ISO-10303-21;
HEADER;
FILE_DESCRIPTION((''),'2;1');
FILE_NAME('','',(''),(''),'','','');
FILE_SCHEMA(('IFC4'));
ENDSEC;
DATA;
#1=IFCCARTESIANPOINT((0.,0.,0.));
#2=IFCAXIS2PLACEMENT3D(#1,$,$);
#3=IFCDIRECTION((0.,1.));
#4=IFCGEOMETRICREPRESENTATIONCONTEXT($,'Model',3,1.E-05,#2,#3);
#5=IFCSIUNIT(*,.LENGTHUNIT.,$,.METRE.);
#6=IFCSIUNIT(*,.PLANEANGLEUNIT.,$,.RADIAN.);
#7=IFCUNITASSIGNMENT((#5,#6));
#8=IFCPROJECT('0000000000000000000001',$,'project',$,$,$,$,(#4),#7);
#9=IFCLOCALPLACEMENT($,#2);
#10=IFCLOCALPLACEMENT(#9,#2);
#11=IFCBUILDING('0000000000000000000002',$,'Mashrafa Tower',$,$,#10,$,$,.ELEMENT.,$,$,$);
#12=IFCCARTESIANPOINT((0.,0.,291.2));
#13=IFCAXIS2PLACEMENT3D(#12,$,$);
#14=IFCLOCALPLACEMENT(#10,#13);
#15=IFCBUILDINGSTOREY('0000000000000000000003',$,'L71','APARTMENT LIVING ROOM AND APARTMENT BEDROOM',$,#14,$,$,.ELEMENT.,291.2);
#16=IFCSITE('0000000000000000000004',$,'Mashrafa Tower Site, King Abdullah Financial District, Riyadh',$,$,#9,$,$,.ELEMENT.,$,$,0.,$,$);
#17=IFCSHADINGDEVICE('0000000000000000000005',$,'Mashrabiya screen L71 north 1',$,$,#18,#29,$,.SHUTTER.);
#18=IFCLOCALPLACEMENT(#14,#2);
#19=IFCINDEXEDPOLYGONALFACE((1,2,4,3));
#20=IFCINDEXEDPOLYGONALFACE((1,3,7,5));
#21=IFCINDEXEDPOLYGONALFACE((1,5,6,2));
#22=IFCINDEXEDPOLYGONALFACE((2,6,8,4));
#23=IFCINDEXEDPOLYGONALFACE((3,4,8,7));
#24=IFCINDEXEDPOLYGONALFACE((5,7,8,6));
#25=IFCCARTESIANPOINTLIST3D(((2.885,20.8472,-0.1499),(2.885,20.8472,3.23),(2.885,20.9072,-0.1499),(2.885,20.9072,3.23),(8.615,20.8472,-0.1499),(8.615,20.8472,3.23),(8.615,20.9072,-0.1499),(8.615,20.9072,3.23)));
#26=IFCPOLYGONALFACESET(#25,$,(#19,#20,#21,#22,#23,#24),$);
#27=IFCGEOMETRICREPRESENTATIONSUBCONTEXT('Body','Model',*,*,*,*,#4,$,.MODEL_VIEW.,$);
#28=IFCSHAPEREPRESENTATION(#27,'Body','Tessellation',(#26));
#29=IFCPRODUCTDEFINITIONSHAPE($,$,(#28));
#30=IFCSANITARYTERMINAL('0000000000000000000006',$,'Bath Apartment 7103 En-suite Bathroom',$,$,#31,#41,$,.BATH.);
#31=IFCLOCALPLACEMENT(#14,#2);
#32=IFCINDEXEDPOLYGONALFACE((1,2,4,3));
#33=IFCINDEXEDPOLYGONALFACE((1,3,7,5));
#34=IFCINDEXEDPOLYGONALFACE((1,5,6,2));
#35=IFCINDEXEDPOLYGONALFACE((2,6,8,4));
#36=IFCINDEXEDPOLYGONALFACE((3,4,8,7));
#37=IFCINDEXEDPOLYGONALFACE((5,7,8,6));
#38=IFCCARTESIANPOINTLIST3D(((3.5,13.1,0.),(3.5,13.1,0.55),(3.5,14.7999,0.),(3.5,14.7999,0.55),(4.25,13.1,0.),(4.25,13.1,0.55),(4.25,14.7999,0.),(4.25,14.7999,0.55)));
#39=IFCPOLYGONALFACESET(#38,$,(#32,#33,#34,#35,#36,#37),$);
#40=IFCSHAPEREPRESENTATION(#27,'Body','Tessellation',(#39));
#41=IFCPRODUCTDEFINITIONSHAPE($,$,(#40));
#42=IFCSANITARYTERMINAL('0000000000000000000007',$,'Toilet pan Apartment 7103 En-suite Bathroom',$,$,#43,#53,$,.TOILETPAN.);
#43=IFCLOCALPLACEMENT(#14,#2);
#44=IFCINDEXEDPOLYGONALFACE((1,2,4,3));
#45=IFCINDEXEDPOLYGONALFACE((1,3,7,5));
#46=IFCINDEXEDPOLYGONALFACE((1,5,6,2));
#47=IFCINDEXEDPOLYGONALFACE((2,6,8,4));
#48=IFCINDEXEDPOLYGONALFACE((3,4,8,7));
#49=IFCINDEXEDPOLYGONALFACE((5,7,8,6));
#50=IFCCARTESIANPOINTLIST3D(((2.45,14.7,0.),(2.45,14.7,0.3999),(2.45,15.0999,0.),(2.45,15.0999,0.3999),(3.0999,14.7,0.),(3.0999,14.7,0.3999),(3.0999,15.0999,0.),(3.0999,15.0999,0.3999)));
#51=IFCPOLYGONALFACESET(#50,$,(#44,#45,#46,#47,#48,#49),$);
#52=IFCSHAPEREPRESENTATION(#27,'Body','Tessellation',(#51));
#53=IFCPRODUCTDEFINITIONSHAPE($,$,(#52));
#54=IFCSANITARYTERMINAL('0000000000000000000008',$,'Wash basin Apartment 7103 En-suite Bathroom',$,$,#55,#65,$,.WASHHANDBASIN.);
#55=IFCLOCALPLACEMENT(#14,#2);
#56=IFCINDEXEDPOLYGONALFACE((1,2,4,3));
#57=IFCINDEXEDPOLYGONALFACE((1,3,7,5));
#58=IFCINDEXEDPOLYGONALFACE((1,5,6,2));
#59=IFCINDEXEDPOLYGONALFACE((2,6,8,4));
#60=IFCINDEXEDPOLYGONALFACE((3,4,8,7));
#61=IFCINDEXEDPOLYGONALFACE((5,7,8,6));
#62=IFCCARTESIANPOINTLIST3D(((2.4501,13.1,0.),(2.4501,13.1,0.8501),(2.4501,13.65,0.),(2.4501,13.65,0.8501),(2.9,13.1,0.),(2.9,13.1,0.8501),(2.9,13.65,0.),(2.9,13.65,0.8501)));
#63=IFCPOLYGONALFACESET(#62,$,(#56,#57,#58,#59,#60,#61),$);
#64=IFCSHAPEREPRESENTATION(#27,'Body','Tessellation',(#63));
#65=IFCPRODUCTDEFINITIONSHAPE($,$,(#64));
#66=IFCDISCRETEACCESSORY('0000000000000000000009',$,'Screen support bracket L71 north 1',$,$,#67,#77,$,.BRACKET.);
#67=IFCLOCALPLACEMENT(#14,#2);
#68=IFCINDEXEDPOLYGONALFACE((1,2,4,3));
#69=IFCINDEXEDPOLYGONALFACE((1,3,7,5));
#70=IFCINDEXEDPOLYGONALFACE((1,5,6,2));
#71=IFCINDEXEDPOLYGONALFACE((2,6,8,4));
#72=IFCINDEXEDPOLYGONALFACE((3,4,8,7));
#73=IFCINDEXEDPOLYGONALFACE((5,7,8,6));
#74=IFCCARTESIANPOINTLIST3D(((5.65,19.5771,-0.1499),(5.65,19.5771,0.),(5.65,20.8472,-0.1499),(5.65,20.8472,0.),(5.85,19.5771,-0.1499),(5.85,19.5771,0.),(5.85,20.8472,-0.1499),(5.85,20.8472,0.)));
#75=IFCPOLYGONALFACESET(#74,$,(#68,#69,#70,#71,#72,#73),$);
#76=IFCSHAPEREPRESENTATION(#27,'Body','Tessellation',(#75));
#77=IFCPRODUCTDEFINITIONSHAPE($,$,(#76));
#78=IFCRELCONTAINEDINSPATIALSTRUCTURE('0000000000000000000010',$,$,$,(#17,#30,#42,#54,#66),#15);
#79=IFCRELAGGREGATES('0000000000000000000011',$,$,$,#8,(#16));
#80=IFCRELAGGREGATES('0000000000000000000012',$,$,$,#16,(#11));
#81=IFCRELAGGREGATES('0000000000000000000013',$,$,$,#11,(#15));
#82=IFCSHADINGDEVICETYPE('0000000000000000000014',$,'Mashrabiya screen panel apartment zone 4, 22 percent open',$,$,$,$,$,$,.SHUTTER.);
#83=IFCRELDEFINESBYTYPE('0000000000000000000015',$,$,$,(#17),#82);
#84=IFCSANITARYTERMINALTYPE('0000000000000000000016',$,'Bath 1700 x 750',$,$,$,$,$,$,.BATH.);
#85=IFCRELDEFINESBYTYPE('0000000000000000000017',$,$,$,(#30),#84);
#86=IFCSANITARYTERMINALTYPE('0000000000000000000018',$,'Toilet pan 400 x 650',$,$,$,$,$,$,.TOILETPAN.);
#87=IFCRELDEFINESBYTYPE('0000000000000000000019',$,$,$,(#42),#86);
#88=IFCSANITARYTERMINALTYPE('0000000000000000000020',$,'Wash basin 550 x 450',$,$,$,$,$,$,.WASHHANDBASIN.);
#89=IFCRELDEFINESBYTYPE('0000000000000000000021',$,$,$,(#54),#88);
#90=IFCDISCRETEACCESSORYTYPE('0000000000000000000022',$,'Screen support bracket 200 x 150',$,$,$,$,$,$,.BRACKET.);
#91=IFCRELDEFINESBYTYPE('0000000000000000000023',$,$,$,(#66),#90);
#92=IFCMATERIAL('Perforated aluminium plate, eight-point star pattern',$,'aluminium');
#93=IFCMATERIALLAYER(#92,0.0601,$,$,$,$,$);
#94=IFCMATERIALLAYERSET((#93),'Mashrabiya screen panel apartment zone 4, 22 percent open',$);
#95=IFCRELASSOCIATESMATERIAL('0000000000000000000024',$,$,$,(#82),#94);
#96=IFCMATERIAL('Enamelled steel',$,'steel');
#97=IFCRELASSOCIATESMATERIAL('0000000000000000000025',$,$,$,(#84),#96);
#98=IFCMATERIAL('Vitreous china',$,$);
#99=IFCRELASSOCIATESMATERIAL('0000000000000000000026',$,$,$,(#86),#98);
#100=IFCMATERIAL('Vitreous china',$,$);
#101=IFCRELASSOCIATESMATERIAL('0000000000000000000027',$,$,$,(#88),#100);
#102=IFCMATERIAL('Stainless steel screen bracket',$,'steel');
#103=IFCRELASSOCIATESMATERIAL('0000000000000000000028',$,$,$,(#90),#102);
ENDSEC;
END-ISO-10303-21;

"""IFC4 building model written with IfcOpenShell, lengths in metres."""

from ifc_helpers import new_model, si_unit, direction, frame, origin, origin_2d, place, context, subcontext, project, spatial, rectangle, extrude, source, transform, mapped, material, layer, layer_set, type_object, type_shapes, element, save


model = new_model("IFC4")

# Units and contexts
model_context = context("Model", 3, precision=1e-05, world=origin(), true_north=direction((0.0, 1.0)))
body_context = subcontext(model_context, "Body", "Model", "MODEL_VIEW")
ifc_project = project(units=[si_unit("LENGTHUNIT", "METRE"), si_unit("PLANEANGLEUNIT", "RADIAN")], contexts=[model_context])

# Site, building, storey
site_placement = place(None, origin())
site = spatial("IfcSite", under=ifc_project, at=site_placement, Name="Mashrafa Tower Site, King Abdullah Financial District, Riyadh", CompositionType="ELEMENT", RefElevation=0.0)
building_placement = place(site_placement, origin())
building = spatial("IfcBuilding", under=site, at=building_placement, Name="Mashrafa Tower", CompositionType="ELEMENT")
storey_placement = place(building_placement, frame((0.0, 0.0, 291.2)))
storey = spatial("IfcBuildingStorey", under=building, at=storey_placement, Name="L71", Description="APARTMENT LIVING ROOM AND APARTMENT BEDROOM", CompositionType="ELEMENT", Elevation=291.2)

# Shading device
ifc_material_1 = material(Name="Perforated aluminium plate, eight-point star pattern", Category="aluminium")
ifc_layer_1 = layer(ifc_material_1, 0.0601)
ifc_layer_set_1 = layer_set([ifc_layer_1], Name="Mashrabiya screen panel apartment zone 4, 22 percent open")
shading_device_type = type_object("IfcShadingDeviceType", Name="Mashrabiya screen panel apartment zone 4, 22 percent open", PredefinedType="SHUTTER", material=ifc_layer_set_1)
shared_shape_1 = source(origin(), body_context, "Body", "SweptSolid", [
    extrude(rectangle(XDim=5.73, YDim=0.0601, at=origin_2d()), origin(), (0.0, 0.0, 1.0), 3.3799),
])
type_shapes(shading_device_type, [shared_shape_1])
shading_device_placement = place(storey_placement, frame((5.75, 20.8772, -0.1499), z_axis=(0.0, 0.0, 1.0), x_axis=(-1.0, 0.0, 0.0)))
element("IfcShadingDevice", 1, at=shading_device_placement, inside=storey, type_object=shading_device_type, Name="Mashrabiya screen L71 north 1", PredefinedType="SHUTTER", context=body_context, shape_type="MappedRepresentation", body=[
    mapped(shared_shape_1, transform((0.0, 0.0, 0.0))),
])

# Sanitary terminals
ifc_material_2 = material(Name="Enamelled steel", Category="steel")
sanitary_terminal_type_1 = type_object("IfcSanitaryTerminalType", Name="Bath 1700 x 750", PredefinedType="BATH", material=ifc_material_2)
sanitary_terminal_1_placement = place(storey_placement, frame((3.875, 13.95, 0.0), z_axis=(0.0, 0.0, 1.0), x_axis=(0.0, 1.0, 0.0)))
element("IfcSanitaryTerminal", 2, at=sanitary_terminal_1_placement, inside=storey, type_object=sanitary_terminal_type_1, Name="Bath Apartment 7103 En-suite Bathroom", PredefinedType="BATH", context=body_context, shape_type="SweptSolid", body=[
    extrude(rectangle(XDim=1.7, YDim=0.75, at=origin_2d()), origin(), (0.0, 0.0, 1.0), 0.55),
])
ifc_material_3 = material(Name="Vitreous china")
sanitary_terminal_type_2 = type_object("IfcSanitaryTerminalType", Name="Toilet pan 400 x 650", PredefinedType="TOILETPAN", material=ifc_material_3)
sanitary_terminal_2_placement = place(storey_placement, frame((2.7749, 14.8999, 0.0), z_axis=(0.0, 0.0, 1.0), x_axis=(0.0, -1.0, 0.0)))
element("IfcSanitaryTerminal", 3, at=sanitary_terminal_2_placement, inside=storey, type_object=sanitary_terminal_type_2, Name="Toilet pan Apartment 7103 En-suite Bathroom", PredefinedType="TOILETPAN", context=body_context, shape_type="SweptSolid", body=[
    extrude(rectangle(XDim=0.3999, YDim=0.6499, at=origin_2d()), origin(), (0.0, 0.0, 1.0), 0.3999),
])
ifc_material_4 = material(Name="Vitreous china")
sanitary_terminal_type_3 = type_object("IfcSanitaryTerminalType", Name="Wash basin 550 x 450", PredefinedType="WASHHANDBASIN", material=ifc_material_4)
sanitary_terminal_3_placement = place(storey_placement, frame((2.675, 13.375, 0.0), z_axis=(0.0, 0.0, 1.0), x_axis=(0.0, -1.0, 0.0)))
element("IfcSanitaryTerminal", 4, at=sanitary_terminal_3_placement, inside=storey, type_object=sanitary_terminal_type_3, Name="Wash basin Apartment 7103 En-suite Bathroom", PredefinedType="WASHHANDBASIN", context=body_context, shape_type="SweptSolid", body=[
    extrude(rectangle(XDim=0.55, YDim=0.45, at=origin_2d()), origin(), (0.0, 0.0, 1.0), 0.8501),
])

# Discrete accessory
ifc_material_5 = material(Name="Stainless steel screen bracket", Category="steel")
discrete_accessory_type = type_object("IfcDiscreteAccessoryType", Name="Screen support bracket 200 x 150", PredefinedType="BRACKET", material=ifc_material_5)
shared_shape_2 = source(origin(), body_context, "Body", "SweptSolid", [
    extrude(rectangle(XDim=0.2, YDim=1.27, at=origin_2d()), origin(), (0.0, 0.0, 1.0), 0.1499),
])
type_shapes(discrete_accessory_type, [shared_shape_2])
discrete_accessory_placement = place(storey_placement, frame((5.75, 20.2122, -0.1499), z_axis=(0.0, 0.0, 1.0), x_axis=(-1.0, 0.0, 0.0)))
element("IfcDiscreteAccessory", 5, at=discrete_accessory_placement, inside=storey, type_object=discrete_accessory_type, Name="Screen support bracket L71 north 1", PredefinedType="BRACKET", context=body_context, shape_type="MappedRepresentation", body=[
    mapped(shared_shape_2, transform((0.0, 0.0, 0.0))),
])

save(model, "model.ifc")
